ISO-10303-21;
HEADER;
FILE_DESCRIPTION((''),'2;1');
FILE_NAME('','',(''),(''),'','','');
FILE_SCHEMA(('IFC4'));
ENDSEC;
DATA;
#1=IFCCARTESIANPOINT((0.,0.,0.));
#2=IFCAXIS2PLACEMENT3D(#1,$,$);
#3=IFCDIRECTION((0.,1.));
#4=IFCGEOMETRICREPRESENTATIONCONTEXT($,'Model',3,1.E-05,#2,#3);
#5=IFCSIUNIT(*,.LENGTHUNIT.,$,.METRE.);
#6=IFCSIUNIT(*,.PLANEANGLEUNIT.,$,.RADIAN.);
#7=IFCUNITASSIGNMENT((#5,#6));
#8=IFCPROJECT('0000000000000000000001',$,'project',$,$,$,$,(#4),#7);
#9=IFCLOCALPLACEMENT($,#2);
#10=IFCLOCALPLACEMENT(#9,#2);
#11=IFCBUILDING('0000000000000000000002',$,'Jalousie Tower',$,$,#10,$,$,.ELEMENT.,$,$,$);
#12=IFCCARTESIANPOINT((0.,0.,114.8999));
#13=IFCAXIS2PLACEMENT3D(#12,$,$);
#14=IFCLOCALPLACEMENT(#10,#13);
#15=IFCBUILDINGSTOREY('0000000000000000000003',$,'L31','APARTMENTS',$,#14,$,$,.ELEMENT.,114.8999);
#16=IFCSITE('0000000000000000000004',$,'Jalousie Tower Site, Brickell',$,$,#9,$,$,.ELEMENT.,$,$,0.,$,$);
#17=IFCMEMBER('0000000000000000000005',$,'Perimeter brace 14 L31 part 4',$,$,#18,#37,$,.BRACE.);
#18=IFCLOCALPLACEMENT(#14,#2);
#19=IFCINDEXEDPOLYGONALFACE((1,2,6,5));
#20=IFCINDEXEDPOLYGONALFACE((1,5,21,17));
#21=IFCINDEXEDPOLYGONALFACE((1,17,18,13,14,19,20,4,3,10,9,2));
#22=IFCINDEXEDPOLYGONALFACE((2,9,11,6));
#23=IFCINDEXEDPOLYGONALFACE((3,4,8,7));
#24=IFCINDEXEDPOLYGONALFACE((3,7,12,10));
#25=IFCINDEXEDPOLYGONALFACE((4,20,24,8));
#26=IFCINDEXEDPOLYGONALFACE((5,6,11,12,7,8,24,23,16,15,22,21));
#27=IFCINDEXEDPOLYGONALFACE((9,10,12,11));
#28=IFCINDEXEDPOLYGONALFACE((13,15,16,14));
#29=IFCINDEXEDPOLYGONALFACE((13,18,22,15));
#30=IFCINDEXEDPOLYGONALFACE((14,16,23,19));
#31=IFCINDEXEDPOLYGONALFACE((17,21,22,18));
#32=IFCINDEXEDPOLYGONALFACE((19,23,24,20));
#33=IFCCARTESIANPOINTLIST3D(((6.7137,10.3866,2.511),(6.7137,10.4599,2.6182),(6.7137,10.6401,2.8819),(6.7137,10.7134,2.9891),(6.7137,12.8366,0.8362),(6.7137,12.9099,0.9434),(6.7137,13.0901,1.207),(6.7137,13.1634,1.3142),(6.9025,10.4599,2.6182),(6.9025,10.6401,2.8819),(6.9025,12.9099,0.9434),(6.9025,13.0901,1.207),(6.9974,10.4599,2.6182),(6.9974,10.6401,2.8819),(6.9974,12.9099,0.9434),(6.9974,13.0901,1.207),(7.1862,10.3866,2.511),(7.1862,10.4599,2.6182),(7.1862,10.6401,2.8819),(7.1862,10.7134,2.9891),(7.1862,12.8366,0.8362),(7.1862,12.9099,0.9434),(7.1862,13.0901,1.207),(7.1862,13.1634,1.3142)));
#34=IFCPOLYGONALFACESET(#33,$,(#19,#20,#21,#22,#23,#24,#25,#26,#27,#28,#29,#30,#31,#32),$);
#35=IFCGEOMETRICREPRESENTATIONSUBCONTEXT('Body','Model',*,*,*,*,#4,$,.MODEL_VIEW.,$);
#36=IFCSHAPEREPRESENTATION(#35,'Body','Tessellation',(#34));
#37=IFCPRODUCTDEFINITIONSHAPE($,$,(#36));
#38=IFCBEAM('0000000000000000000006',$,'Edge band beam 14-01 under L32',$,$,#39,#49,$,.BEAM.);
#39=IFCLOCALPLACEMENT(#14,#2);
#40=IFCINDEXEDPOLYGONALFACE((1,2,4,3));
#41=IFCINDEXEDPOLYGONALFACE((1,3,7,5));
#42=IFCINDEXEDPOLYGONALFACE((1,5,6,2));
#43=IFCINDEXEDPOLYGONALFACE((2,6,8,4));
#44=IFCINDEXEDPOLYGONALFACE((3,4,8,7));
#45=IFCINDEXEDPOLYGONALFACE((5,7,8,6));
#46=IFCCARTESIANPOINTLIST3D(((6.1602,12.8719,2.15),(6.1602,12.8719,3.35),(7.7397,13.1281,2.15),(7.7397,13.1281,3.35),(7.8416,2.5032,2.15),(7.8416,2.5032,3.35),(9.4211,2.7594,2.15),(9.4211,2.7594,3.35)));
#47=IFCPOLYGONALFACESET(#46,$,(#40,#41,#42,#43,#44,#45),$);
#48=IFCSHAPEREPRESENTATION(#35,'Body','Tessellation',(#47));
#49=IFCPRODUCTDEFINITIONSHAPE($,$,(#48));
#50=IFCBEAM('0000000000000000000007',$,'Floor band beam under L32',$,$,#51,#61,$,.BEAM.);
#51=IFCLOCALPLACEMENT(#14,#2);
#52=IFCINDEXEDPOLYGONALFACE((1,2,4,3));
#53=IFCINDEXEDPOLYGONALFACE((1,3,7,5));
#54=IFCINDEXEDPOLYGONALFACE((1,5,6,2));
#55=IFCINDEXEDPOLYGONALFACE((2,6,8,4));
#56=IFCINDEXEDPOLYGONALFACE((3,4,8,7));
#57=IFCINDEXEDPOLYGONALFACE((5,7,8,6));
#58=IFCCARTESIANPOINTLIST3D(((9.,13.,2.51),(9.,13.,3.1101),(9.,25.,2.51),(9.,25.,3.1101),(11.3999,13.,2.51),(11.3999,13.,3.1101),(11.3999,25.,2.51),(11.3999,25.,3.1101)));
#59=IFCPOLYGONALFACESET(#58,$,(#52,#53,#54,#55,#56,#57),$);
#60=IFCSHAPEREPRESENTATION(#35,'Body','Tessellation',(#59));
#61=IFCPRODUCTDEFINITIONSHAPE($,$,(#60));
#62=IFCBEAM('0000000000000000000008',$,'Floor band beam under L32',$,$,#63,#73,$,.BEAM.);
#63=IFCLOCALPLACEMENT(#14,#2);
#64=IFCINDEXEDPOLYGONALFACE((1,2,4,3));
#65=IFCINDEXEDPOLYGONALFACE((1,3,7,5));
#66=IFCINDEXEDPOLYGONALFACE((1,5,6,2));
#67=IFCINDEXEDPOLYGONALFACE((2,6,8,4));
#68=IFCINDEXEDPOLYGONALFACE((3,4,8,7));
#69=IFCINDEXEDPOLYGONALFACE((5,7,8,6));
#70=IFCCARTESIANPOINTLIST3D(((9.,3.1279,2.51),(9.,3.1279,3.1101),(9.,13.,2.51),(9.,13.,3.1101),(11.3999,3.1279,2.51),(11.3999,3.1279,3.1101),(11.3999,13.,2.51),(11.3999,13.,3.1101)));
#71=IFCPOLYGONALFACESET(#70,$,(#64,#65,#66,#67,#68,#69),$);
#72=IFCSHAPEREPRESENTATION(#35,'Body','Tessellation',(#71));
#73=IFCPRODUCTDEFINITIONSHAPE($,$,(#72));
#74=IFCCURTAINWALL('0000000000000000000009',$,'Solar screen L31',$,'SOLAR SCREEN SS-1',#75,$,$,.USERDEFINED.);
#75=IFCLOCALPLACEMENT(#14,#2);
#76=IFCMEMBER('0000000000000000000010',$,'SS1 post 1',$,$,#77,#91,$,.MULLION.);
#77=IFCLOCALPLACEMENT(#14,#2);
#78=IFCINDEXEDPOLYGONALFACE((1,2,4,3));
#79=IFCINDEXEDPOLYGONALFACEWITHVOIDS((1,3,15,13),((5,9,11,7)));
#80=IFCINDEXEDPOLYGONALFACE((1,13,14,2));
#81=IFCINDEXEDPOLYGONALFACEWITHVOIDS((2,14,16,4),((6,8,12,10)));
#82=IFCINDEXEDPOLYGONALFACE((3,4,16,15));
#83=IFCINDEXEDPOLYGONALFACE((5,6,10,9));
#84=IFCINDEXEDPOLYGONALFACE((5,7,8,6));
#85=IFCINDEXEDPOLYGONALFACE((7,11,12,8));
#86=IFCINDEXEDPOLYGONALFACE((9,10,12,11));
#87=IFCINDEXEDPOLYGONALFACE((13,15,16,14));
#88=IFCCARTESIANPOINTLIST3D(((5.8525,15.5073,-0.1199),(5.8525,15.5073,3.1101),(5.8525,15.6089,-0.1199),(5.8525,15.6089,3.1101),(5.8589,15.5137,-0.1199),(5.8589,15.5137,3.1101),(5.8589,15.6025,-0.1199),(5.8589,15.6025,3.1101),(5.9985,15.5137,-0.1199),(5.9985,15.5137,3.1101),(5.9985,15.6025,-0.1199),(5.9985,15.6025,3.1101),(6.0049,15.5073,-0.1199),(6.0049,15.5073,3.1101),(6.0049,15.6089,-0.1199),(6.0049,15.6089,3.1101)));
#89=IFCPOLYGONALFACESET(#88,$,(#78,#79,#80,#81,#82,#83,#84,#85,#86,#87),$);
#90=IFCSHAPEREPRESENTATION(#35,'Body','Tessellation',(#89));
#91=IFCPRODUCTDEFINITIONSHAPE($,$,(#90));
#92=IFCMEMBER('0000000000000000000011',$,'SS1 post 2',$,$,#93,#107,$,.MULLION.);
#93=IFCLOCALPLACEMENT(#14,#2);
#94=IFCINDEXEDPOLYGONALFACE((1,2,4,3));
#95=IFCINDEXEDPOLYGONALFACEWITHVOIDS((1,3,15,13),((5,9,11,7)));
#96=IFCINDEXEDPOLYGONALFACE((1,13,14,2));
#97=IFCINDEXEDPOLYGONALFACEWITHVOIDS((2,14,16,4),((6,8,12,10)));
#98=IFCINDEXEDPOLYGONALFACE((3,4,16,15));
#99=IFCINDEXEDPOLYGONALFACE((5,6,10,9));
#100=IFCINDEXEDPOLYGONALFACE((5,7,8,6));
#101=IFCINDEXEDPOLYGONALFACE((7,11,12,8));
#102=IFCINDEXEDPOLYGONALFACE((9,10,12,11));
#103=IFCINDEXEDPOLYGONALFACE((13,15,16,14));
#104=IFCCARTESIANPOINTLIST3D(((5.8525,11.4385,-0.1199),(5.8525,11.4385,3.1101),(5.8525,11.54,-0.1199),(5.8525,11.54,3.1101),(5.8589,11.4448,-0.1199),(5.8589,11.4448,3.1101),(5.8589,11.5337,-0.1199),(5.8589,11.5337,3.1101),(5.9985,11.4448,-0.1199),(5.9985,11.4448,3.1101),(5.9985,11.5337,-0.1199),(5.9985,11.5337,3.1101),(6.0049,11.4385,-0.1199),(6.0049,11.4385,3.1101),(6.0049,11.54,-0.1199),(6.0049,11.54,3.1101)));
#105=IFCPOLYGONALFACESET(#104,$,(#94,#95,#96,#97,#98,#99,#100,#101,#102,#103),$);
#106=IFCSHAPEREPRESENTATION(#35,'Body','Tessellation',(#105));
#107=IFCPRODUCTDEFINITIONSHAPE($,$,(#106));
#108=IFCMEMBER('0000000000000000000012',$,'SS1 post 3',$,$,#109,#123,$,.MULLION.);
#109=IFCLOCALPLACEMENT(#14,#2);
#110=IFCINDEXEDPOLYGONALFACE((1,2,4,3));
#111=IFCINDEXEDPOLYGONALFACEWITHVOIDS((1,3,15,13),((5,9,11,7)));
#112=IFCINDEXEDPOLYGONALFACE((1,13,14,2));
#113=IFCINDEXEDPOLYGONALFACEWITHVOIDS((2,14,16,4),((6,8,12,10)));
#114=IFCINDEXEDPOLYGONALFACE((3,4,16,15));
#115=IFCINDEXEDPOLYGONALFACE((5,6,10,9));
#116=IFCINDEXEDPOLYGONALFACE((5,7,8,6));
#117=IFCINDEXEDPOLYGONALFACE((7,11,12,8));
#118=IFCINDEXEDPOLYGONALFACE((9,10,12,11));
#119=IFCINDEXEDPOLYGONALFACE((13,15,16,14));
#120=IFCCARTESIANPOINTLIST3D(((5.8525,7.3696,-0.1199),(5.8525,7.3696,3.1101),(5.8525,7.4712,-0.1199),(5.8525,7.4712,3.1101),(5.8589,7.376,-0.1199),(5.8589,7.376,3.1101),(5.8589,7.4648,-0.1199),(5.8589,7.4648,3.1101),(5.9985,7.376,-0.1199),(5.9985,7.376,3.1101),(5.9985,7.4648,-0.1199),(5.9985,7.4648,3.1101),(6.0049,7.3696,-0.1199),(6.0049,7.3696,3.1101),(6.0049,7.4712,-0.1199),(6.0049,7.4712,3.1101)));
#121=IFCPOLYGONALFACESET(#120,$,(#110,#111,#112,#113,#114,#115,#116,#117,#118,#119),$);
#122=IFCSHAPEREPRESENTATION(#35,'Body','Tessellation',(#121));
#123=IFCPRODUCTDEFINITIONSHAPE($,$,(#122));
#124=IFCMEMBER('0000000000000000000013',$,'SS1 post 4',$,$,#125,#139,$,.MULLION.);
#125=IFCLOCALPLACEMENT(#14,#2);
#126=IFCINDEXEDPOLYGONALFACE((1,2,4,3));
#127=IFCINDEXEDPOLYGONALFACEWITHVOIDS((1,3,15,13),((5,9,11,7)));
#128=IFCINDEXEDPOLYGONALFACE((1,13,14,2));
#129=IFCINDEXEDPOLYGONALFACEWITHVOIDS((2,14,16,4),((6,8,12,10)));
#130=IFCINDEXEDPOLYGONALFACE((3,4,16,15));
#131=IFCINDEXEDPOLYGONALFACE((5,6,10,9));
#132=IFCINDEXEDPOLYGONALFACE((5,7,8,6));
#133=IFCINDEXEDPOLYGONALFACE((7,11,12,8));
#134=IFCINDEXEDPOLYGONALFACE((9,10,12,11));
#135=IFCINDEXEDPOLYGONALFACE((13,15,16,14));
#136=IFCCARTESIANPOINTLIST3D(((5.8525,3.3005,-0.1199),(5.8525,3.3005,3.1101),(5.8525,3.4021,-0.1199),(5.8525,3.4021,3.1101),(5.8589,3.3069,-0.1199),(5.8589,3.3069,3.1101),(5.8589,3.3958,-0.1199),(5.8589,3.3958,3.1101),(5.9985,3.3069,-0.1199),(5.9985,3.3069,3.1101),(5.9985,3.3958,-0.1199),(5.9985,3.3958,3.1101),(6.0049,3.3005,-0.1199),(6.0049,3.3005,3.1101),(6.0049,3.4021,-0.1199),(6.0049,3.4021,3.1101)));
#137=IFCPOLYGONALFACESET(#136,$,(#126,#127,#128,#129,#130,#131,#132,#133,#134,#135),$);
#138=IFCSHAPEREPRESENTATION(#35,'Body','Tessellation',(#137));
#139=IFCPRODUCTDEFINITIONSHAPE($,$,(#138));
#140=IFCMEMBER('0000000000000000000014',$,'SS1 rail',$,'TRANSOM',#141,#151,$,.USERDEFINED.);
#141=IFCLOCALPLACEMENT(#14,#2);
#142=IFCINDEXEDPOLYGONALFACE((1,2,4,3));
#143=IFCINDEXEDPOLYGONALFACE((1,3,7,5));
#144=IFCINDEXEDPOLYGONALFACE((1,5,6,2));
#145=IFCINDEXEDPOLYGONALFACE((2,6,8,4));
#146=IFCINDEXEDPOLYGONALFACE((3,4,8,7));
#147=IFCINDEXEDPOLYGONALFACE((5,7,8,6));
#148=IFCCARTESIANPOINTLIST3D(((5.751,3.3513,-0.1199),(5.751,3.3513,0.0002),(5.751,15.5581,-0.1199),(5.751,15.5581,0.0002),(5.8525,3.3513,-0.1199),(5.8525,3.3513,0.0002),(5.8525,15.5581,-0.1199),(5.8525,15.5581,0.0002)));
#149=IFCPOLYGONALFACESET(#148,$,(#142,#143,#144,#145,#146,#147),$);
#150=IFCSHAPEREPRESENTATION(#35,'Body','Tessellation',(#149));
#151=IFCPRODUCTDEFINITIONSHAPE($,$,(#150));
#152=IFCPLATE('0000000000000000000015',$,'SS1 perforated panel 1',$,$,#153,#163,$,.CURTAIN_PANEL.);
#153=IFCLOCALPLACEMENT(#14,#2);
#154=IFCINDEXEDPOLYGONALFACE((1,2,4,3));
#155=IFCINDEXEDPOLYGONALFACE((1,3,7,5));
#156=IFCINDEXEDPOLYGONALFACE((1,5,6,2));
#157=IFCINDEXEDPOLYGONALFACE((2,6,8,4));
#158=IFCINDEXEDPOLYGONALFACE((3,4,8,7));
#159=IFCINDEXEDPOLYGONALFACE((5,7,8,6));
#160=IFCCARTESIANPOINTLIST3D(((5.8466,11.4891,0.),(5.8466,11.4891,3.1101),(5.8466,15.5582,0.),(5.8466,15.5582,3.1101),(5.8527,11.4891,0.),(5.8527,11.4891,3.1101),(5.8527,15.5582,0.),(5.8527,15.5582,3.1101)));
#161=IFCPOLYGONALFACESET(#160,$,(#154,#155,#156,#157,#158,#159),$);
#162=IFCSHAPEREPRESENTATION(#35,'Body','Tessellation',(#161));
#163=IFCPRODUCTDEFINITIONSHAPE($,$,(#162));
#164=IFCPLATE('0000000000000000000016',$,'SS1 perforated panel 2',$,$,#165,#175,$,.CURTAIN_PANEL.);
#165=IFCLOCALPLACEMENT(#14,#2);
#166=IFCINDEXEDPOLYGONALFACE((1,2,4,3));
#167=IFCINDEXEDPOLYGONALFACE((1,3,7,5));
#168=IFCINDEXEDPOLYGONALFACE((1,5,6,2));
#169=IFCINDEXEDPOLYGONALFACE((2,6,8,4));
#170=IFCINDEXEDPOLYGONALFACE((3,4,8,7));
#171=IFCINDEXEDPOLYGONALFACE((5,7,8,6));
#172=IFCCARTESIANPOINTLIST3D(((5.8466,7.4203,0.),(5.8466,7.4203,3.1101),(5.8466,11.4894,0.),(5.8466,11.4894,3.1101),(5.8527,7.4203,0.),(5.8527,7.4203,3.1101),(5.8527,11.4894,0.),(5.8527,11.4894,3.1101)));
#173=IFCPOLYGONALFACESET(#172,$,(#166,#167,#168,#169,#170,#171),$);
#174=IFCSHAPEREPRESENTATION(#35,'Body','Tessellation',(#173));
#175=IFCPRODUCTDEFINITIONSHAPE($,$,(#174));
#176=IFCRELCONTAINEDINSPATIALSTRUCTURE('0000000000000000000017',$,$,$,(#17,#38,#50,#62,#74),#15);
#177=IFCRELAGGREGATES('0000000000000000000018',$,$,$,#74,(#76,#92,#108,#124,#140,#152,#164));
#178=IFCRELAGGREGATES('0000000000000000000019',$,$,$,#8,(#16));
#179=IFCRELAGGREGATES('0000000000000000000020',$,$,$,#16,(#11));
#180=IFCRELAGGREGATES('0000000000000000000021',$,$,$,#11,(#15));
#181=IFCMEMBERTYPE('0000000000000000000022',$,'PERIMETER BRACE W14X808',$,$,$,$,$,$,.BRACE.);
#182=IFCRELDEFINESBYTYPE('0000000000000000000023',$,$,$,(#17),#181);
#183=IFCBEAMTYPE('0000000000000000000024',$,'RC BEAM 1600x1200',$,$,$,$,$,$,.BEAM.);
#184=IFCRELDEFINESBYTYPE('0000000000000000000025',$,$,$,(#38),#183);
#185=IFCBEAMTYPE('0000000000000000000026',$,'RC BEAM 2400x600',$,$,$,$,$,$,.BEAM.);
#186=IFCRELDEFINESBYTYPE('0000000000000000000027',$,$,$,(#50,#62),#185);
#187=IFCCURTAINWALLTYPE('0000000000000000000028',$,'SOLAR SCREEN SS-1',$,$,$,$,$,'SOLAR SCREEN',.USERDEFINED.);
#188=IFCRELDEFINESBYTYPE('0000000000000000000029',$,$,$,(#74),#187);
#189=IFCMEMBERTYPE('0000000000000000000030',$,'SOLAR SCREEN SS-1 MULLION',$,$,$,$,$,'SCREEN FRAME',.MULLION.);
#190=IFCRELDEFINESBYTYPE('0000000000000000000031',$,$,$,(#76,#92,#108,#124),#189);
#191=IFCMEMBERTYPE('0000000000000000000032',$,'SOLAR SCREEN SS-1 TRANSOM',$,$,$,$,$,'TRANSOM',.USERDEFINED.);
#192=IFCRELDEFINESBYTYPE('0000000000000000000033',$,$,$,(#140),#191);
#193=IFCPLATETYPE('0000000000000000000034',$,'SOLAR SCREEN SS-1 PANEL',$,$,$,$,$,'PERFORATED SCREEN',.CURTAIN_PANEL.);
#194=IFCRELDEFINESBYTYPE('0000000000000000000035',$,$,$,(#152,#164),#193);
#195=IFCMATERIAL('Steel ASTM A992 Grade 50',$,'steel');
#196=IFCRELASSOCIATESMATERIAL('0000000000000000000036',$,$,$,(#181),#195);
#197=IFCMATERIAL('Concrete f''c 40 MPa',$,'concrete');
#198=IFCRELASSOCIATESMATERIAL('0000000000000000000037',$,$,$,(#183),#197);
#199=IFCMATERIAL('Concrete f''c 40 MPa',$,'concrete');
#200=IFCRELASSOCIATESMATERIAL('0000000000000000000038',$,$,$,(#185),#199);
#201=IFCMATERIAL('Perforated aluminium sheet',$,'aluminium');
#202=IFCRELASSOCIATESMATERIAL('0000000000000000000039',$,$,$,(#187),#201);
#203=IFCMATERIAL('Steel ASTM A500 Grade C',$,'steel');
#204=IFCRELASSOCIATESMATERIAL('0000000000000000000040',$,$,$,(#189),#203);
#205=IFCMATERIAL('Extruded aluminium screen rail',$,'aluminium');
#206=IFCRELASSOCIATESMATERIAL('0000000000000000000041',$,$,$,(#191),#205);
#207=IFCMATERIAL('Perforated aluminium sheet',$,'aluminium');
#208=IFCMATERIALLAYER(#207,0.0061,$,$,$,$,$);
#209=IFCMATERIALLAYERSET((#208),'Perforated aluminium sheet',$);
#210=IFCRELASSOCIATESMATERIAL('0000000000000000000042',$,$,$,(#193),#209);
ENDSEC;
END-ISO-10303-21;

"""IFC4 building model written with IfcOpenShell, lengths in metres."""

from ifc_helpers import new_model, si_unit, direction, frame, origin, origin_2d, place, context, subcontext, project, spatial, rectangle, hollow_rectangle, i_section, extrude, material, layer, layer_set, material_profile, profile_set, type_object, element, aggregate, save


model = new_model("IFC4")

# Units and contexts
model_context = context("Model", 3, precision=1e-05, world=origin(), true_north=direction((0.0, 1.0)))
body_context = subcontext(model_context, "Body", "Model", "MODEL_VIEW")
ifc_project = project(units=[si_unit("LENGTHUNIT", "METRE"), si_unit("PLANEANGLEUNIT", "RADIAN")], contexts=[model_context])

# Site, building, storey
site_placement = place(None, origin())
site = spatial("IfcSite", under=ifc_project, at=site_placement, Name="Jalousie Tower Site, Brickell", CompositionType="ELEMENT", RefElevation=0.0)
building_placement = place(site_placement, origin())
building = spatial("IfcBuilding", under=site, at=building_placement, Name="Jalousie Tower", CompositionType="ELEMENT")
storey_placement = place(building_placement, frame((0.0, 0.0, 114.8999)))
storey = spatial("IfcBuildingStorey", under=building, at=storey_placement, Name="L31", Description="APARTMENTS", CompositionType="ELEMENT", Elevation=114.8999)

# Member
ifc_material_1 = material(Name="Steel ASTM A992 Grade 50", Category="steel")
ifc_material_profile_1 = material_profile(ifc_material_1, i_section(OverallWidth=0.4724, OverallDepth=0.5791, WebThickness=0.095, FlangeThickness=0.1299, at=origin_2d()), Name="W14X808")
ifc_profile_set_1 = profile_set([ifc_material_profile_1], Name="Steel ASTM A992 Grade 50")
member_type_1 = type_object("IfcMemberType", Name="PERIMETER BRACE W14X808", PredefinedType="BRACE", material=ifc_profile_set_1)
for number, where, z_axis, x_axis, name in (
    (1, (6.95, 13.0, 1.0752), (0.0, -0.825539, 0.564345), (1.0, 0.0, 0.0), "Perimeter brace 14 L31 part 4"),
):
    element("IfcMember", number, at=place(storey_placement, frame(where, z_axis=z_axis, x_axis=x_axis)), inside=storey, type_object=member_type_1, Name=name, PredefinedType="BRACE", context=body_context, shape_type="SweptSolid", body=[
        extrude(i_section(OverallWidth=0.4724, OverallDepth=0.5791, WebThickness=0.095, FlangeThickness=0.1299, at=origin_2d()), origin(), (0.0, 0.0, 1.0), 2.9678),
    ])

# Beams
ifc_material_2 = material(Name="Concrete f'c 40 MPa", Category="concrete")
ifc_material_profile_2 = material_profile(ifc_material_2, rectangle(XDim=1.6001, YDim=1.2, at=origin_2d()), Name="RC 1600x1200")
ifc_profile_set_2 = profile_set([ifc_material_profile_2], Name="Concrete f'c 40 MPa")
beam_type_1 = type_object("IfcBeamType", Name="RC BEAM 1600x1200", PredefinedType="BEAM", material=ifc_profile_set_2)
beam_1_placement = place(storey_placement, frame((6.95, 13.0, 2.75), z_axis=(0.160071, -0.987106, 0.0), x_axis=(0.987106, 0.160071, 0.0)))
element("IfcBeam", 2, at=beam_1_placement, inside=storey, type_object=beam_type_1, Name="Edge band beam 14-01 under L32", PredefinedType="BEAM", context=body_context, shape_type="SweptSolid", body=[
    extrude(rectangle(XDim=1.6001, YDim=1.2, at=origin_2d()), origin(), (0.0, 0.0, 1.0), 10.5042),
])
ifc_material_3 = material(Name="Concrete f'c 40 MPa", Category="concrete")
ifc_material_profile_3 = material_profile(ifc_material_3, rectangle(XDim=2.3999, YDim=0.6001, at=origin_2d()), Name="RC 2400x600")
ifc_profile_set_3 = profile_set([ifc_material_profile_3], Name="Concrete f'c 40 MPa")
beam_type_2 = type_object("IfcBeamType", Name="RC BEAM 2400x600", PredefinedType="BEAM", material=ifc_profile_set_3)
beam_2_placement = place(storey_placement, frame((10.2, 13.0, 2.8101), z_axis=(0.0, 1.0, 0.0), x_axis=(-1.0, 0.0, 0.0)))
element("IfcBeam", 3, at=beam_2_placement, inside=storey, type_object=beam_type_2, Name="Floor band beam under L32", PredefinedType="BEAM", context=body_context, shape_type="SweptSolid", body=[
    extrude(rectangle(XDim=2.3999, YDim=0.6001, at=origin_2d()), origin(), (0.0, 0.0, 1.0), 12.0),
])
beam_3_placement = place(storey_placement, frame((10.2, 13.0, 2.8101), z_axis=(0.0, -1.0, 0.0), x_axis=(1.0, 0.0, 0.0)))
element("IfcBeam", 4, at=beam_3_placement, inside=storey, type_object=beam_type_2, Name="Floor band beam under L32", PredefinedType="BEAM", context=body_context, shape_type="SweptSolid", body=[
    extrude(rectangle(XDim=2.3999, YDim=0.6001, at=origin_2d()), origin(), (0.0, 0.0, 1.0), 9.8721),
])

# Curtain wall, members, plates
ifc_material_4 = material(Name="Perforated aluminium sheet", Category="aluminium")
curtain_wall_type_1 = type_object("IfcCurtainWallType", Name="SOLAR SCREEN SS-1", ElementType="SOLAR SCREEN", PredefinedType="USERDEFINED", material=ifc_material_4)
curtain_wall_1_placement = place(storey_placement, origin())
curtain_wall_1 = element("IfcCurtainWall", 5, at=curtain_wall_1_placement, inside=storey, type_object=curtain_wall_type_1, Name="Solar screen L31", ObjectType="SOLAR SCREEN SS-1", PredefinedType="USERDEFINED")
ifc_material_5 = material(Name="Steel ASTM A500 Grade C", Category="steel")
ifc_material_profile_4 = material_profile(ifc_material_5, hollow_rectangle(XDim=0.1016, YDim=0.1523, WallThickness=0.0063, at=origin_2d()), Name="HSS6X4X1/4")
ifc_profile_set_4 = profile_set([ifc_material_profile_4], Name="Steel ASTM A500 Grade C")
member_type_2 = type_object("IfcMemberType", Name="SOLAR SCREEN SS-1 MULLION", ElementType="SCREEN FRAME", PredefinedType="MULLION", material=ifc_profile_set_4)
member_1_placement = place(storey_placement, frame((5.9287, 15.5581, -0.1199), z_axis=(0.0, 0.0, 1.0), x_axis=(0.0, -1.0, 0.0)))
member_1 = element("IfcMember", 6, at=member_1_placement, type_object=member_type_2, Name="SS1 post 1", PredefinedType="MULLION", context=body_context, shape_type="SweptSolid", body=[
    extrude(hollow_rectangle(XDim=0.1016, YDim=0.1523, WallThickness=0.0063, at=origin_2d()), origin(), (0.0, 0.0, 1.0), 3.23),
])
member_2_placement = place(storey_placement, frame((5.9287, 11.4893, -0.1199), z_axis=(0.0, 0.0, 1.0), x_axis=(0.0, -1.0, 0.0)))
member_2 = element("IfcMember", 7, at=member_2_placement, type_object=member_type_2, Name="SS1 post 2", PredefinedType="MULLION", context=body_context, shape_type="SweptSolid", body=[
    extrude(hollow_rectangle(XDim=0.1016, YDim=0.1523, WallThickness=0.0063, at=origin_2d()), origin(), (0.0, 0.0, 1.0), 3.23),
])
member_3_placement = place(storey_placement, frame((5.9287, 7.4204, -0.1199), z_axis=(0.0, 0.0, 1.0), x_axis=(0.0, -1.0, 0.0)))
member_3 = element("IfcMember", 8, at=member_3_placement, type_object=member_type_2, Name="SS1 post 3", PredefinedType="MULLION", context=body_context, shape_type="SweptSolid", body=[
    extrude(hollow_rectangle(XDim=0.1016, YDim=0.1523, WallThickness=0.0063, at=origin_2d()), origin(), (0.0, 0.0, 1.0), 3.23),
])
member_4_placement = place(storey_placement, frame((5.9287, 3.3513, -0.1199), z_axis=(0.0, 0.0, 1.0), x_axis=(0.0, -1.0, 0.0)))
member_4 = element("IfcMember", 9, at=member_4_placement, type_object=member_type_2, Name="SS1 post 4", PredefinedType="MULLION", context=body_context, shape_type="SweptSolid", body=[
    extrude(hollow_rectangle(XDim=0.1016, YDim=0.1523, WallThickness=0.0063, at=origin_2d()), origin(), (0.0, 0.0, 1.0), 3.23),
])
ifc_material_6 = material(Name="Extruded aluminium screen rail", Category="aluminium")
ifc_material_profile_5 = material_profile(ifc_material_6, rectangle(XDim=0.1016, YDim=0.1201, at=origin_2d()), Name="RAIL 102x120")
ifc_profile_set_5 = profile_set([ifc_material_profile_5], Name="Extruded aluminium screen rail")
member_type_3 = type_object("IfcMemberType", Name="SOLAR SCREEN SS-1 TRANSOM", ElementType="TRANSOM", PredefinedType="USERDEFINED", material=ifc_profile_set_5)
member_5_placement = place(storey_placement, frame((5.8018, 15.5581, -0.0598), z_axis=(0.0, -1.0, 0.0), x_axis=(1.0, 0.0, 0.0)))
member_5 = element("IfcMember", 10, at=member_5_placement, type_object=member_type_3, Name="SS1 rail", ObjectType="TRANSOM", PredefinedType="USERDEFINED", context=body_context, shape_type="SweptSolid", body=[
    extrude(rectangle(XDim=0.1016, YDim=0.1201, at=origin_2d()), origin(), (0.0, 0.0, 1.0), 12.2068),
])
ifc_material_7 = material(Name="Perforated aluminium sheet", Category="aluminium")
ifc_layer_1 = layer(ifc_material_7, 0.0061)
ifc_layer_set_1 = layer_set([ifc_layer_1], Name="Perforated aluminium sheet")
plate_type = type_object("IfcPlateType", Name="SOLAR SCREEN SS-1 PANEL", ElementType="PERFORATED SCREEN", PredefinedType="CURTAIN_PANEL", material=ifc_layer_set_1)
plate_1_placement = place(storey_placement, frame((5.8496, 13.5237, 0.0), z_axis=(0.0, 0.0, 1.0), x_axis=(0.0, -1.0, 0.0)))
plate_1 = element("IfcPlate", 11, at=plate_1_placement, type_object=plate_type, Name="SS1 perforated panel 1", PredefinedType="CURTAIN_PANEL", context=body_context, shape_type="SweptSolid", body=[
    extrude(rectangle(XDim=4.0691, YDim=0.0061, at=origin_2d()), origin(), (0.0, 0.0, 1.0), 3.1101),
])
plate_2_placement = place(storey_placement, frame((5.8496, 9.4548, 0.0), z_axis=(0.0, 0.0, 1.0), x_axis=(0.0, -1.0, 0.0)))
plate_2 = element("IfcPlate", 12, at=plate_2_placement, type_object=plate_type, Name="SS1 perforated panel 2", PredefinedType="CURTAIN_PANEL", context=body_context, shape_type="SweptSolid", body=[
    extrude(rectangle(XDim=4.0691, YDim=0.0061, at=origin_2d()), origin(), (0.0, 0.0, 1.0), 3.1101),
])
aggregate(curtain_wall_1, [member_1, member_2, member_3, member_4, member_5, plate_1, plate_2])

save(model, "model.ifc")
